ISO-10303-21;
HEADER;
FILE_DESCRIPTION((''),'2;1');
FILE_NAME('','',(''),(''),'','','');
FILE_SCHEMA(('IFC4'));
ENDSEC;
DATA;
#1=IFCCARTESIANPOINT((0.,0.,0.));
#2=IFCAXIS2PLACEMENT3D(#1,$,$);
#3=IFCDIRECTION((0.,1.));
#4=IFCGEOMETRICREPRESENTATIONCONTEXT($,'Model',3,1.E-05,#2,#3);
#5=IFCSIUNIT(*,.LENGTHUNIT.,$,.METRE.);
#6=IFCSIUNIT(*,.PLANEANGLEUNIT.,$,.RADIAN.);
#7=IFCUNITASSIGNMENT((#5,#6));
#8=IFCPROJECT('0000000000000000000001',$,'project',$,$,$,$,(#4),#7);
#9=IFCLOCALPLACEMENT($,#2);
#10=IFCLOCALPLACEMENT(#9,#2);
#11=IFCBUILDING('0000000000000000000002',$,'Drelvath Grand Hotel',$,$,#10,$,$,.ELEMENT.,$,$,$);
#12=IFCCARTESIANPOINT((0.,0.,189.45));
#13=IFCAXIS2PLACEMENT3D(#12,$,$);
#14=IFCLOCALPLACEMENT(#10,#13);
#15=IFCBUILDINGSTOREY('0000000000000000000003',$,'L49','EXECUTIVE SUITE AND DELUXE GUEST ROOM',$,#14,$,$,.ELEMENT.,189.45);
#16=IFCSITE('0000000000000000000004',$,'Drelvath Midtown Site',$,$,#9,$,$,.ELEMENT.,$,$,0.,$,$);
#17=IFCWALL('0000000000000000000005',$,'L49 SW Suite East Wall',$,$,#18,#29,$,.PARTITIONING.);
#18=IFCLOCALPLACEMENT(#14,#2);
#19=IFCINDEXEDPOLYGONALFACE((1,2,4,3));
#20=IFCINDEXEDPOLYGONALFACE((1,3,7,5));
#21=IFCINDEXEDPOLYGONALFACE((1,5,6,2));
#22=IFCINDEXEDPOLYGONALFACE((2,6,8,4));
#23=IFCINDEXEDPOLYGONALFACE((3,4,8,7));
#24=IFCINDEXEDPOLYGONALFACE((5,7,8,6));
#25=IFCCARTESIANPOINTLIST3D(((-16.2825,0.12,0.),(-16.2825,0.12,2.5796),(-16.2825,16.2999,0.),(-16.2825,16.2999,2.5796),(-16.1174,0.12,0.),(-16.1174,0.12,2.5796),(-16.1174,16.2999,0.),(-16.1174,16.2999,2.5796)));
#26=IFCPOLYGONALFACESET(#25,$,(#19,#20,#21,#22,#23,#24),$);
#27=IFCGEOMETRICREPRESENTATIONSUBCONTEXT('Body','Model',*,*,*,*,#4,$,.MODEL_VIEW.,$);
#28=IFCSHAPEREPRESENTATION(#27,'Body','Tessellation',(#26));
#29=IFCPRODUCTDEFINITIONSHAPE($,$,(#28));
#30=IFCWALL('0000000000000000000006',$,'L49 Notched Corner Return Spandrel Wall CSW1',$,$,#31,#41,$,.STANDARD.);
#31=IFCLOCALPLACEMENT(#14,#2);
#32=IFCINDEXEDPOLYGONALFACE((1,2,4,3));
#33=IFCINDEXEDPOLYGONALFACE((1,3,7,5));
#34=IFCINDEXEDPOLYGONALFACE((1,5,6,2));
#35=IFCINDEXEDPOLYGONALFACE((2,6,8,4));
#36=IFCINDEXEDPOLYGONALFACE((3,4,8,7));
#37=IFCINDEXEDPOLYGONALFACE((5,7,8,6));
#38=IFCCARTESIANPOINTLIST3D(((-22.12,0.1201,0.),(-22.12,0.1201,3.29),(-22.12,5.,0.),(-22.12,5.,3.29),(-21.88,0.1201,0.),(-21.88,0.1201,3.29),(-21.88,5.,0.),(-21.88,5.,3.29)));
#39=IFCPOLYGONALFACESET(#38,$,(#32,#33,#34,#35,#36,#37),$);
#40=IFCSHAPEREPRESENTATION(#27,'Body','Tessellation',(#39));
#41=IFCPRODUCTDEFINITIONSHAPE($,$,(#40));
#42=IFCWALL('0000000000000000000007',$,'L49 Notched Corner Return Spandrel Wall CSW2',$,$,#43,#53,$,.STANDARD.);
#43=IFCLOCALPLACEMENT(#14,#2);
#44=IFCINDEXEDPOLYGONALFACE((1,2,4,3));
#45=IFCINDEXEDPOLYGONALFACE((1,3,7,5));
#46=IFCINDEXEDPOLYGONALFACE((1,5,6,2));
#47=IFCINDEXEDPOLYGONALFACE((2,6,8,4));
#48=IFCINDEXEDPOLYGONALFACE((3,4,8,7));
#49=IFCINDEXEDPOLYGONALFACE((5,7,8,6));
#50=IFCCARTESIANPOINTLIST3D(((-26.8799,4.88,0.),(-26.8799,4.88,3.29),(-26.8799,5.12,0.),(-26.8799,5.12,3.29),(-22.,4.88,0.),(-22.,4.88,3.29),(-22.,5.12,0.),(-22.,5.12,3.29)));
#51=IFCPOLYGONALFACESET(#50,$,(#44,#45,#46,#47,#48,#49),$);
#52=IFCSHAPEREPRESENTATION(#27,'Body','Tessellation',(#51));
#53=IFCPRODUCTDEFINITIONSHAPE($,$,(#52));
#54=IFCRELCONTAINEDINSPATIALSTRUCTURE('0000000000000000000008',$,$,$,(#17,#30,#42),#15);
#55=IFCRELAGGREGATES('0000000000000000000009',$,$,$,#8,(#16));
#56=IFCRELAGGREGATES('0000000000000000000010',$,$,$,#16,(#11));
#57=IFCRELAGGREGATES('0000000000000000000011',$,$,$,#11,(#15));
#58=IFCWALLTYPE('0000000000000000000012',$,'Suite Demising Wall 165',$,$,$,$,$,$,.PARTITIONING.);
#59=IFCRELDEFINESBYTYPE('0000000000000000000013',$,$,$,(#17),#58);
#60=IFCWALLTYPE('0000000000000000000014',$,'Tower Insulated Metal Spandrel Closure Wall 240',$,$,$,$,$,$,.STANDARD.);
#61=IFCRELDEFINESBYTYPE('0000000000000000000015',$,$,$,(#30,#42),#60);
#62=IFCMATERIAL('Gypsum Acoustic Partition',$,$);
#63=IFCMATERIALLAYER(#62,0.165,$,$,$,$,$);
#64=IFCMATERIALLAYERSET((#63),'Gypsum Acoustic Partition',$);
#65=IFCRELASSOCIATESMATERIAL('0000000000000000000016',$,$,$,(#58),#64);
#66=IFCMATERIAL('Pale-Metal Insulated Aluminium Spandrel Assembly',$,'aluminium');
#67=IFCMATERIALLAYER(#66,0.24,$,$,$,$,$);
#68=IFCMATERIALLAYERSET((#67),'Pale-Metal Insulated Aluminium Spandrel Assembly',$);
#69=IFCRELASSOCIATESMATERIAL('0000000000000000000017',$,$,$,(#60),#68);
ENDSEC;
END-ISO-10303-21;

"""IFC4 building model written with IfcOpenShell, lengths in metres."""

from ifc_helpers import new_model, si_unit, direction, frame, frame_2d, origin, place, context, subcontext, project, spatial, rectangle, extrude, material, layer, layer_set, type_object, element, save


model = new_model("IFC4")

# Units and contexts
model_context = context("Model", 3, precision=1e-05, world=origin(), true_north=direction((0.0, 1.0)))
body_context = subcontext(model_context, "Body", "Model", "MODEL_VIEW")
ifc_project = project(units=[si_unit("LENGTHUNIT", "METRE"), si_unit("PLANEANGLEUNIT", "RADIAN")], contexts=[model_context])

# Site, building, storey
site_placement = place(None, origin())
site = spatial("IfcSite", under=ifc_project, at=site_placement, Name="Drelvath Midtown Site", CompositionType="ELEMENT", RefElevation=0.0)
building_placement = place(site_placement, origin())
building = spatial("IfcBuilding", under=site, at=building_placement, Name="Drelvath Grand Hotel", CompositionType="ELEMENT")
storey_placement = place(building_placement, frame((0.0, 0.0, 189.45)))
storey = spatial("IfcBuildingStorey", under=building, at=storey_placement, Name="L49", Description="EXECUTIVE SUITE AND DELUXE GUEST ROOM", CompositionType="ELEMENT", Elevation=189.45)

# Walls
ifc_material_1 = material(Name="Gypsum Acoustic Partition")
ifc_layer_1 = layer(ifc_material_1, 0.165)
ifc_layer_set_1 = layer_set([ifc_layer_1], Name="Gypsum Acoustic Partition")
wall_type_1 = type_object("IfcWallType", Name="Suite Demising Wall 165", PredefinedType="PARTITIONING", material=ifc_layer_set_1)
wall_placement = place(storey_placement, frame((-16.2, 0.1201, 0.0), z_axis=(0.0, 0.0, 1.0), x_axis=(0.0, 1.0, 0.0)))
element("IfcWall", 1, at=wall_placement, inside=storey, type_object=wall_type_1, Name="L49 SW Suite East Wall", PredefinedType="PARTITIONING", context=body_context, shape_type="SweptSolid", body=[
    extrude(rectangle(XDim=16.1799, YDim=0.165, at=frame_2d((8.0898, 0.0))), origin(), (0.0, 0.0, 1.0), 2.5796),
])
ifc_material_2 = material(Name="Pale-Metal Insulated Aluminium Spandrel Assembly", Category="aluminium")
ifc_layer_2 = layer(ifc_material_2, 0.24)
ifc_layer_set_2 = layer_set([ifc_layer_2], Name="Pale-Metal Insulated Aluminium Spandrel Assembly")
wall_type_2 = type_object("IfcWallType", Name="Tower Insulated Metal Spandrel Closure Wall 240", PredefinedType="STANDARD", material=ifc_layer_set_2)
for number, where, z_axis, x_axis, name in (
    (2, (-22.0, 0.1201, 0.0), (0.0, 0.0, 1.0), (0.0, 1.0, 0.0), "L49 Notched Corner Return Spandrel Wall CSW1"),
    (3, (-22.0, 5.0, 0.0), (0.0, 0.0, 1.0), (-1.0, 0.0, 0.0), "L49 Notched Corner Return Spandrel Wall CSW2"),
):
    element("IfcWall", number, at=place(storey_placement, frame(where, z_axis=z_axis, x_axis=x_axis)), inside=storey, type_object=wall_type_2, Name=name, PredefinedType="STANDARD", context=body_context, shape_type="SweptSolid", body=[
        extrude(rectangle(XDim=4.8799, YDim=0.24, at=frame_2d((2.4399, 0.0))), origin(), (0.0, 0.0, 1.0), 3.29),
    ])

save(model, "model.ifc")
